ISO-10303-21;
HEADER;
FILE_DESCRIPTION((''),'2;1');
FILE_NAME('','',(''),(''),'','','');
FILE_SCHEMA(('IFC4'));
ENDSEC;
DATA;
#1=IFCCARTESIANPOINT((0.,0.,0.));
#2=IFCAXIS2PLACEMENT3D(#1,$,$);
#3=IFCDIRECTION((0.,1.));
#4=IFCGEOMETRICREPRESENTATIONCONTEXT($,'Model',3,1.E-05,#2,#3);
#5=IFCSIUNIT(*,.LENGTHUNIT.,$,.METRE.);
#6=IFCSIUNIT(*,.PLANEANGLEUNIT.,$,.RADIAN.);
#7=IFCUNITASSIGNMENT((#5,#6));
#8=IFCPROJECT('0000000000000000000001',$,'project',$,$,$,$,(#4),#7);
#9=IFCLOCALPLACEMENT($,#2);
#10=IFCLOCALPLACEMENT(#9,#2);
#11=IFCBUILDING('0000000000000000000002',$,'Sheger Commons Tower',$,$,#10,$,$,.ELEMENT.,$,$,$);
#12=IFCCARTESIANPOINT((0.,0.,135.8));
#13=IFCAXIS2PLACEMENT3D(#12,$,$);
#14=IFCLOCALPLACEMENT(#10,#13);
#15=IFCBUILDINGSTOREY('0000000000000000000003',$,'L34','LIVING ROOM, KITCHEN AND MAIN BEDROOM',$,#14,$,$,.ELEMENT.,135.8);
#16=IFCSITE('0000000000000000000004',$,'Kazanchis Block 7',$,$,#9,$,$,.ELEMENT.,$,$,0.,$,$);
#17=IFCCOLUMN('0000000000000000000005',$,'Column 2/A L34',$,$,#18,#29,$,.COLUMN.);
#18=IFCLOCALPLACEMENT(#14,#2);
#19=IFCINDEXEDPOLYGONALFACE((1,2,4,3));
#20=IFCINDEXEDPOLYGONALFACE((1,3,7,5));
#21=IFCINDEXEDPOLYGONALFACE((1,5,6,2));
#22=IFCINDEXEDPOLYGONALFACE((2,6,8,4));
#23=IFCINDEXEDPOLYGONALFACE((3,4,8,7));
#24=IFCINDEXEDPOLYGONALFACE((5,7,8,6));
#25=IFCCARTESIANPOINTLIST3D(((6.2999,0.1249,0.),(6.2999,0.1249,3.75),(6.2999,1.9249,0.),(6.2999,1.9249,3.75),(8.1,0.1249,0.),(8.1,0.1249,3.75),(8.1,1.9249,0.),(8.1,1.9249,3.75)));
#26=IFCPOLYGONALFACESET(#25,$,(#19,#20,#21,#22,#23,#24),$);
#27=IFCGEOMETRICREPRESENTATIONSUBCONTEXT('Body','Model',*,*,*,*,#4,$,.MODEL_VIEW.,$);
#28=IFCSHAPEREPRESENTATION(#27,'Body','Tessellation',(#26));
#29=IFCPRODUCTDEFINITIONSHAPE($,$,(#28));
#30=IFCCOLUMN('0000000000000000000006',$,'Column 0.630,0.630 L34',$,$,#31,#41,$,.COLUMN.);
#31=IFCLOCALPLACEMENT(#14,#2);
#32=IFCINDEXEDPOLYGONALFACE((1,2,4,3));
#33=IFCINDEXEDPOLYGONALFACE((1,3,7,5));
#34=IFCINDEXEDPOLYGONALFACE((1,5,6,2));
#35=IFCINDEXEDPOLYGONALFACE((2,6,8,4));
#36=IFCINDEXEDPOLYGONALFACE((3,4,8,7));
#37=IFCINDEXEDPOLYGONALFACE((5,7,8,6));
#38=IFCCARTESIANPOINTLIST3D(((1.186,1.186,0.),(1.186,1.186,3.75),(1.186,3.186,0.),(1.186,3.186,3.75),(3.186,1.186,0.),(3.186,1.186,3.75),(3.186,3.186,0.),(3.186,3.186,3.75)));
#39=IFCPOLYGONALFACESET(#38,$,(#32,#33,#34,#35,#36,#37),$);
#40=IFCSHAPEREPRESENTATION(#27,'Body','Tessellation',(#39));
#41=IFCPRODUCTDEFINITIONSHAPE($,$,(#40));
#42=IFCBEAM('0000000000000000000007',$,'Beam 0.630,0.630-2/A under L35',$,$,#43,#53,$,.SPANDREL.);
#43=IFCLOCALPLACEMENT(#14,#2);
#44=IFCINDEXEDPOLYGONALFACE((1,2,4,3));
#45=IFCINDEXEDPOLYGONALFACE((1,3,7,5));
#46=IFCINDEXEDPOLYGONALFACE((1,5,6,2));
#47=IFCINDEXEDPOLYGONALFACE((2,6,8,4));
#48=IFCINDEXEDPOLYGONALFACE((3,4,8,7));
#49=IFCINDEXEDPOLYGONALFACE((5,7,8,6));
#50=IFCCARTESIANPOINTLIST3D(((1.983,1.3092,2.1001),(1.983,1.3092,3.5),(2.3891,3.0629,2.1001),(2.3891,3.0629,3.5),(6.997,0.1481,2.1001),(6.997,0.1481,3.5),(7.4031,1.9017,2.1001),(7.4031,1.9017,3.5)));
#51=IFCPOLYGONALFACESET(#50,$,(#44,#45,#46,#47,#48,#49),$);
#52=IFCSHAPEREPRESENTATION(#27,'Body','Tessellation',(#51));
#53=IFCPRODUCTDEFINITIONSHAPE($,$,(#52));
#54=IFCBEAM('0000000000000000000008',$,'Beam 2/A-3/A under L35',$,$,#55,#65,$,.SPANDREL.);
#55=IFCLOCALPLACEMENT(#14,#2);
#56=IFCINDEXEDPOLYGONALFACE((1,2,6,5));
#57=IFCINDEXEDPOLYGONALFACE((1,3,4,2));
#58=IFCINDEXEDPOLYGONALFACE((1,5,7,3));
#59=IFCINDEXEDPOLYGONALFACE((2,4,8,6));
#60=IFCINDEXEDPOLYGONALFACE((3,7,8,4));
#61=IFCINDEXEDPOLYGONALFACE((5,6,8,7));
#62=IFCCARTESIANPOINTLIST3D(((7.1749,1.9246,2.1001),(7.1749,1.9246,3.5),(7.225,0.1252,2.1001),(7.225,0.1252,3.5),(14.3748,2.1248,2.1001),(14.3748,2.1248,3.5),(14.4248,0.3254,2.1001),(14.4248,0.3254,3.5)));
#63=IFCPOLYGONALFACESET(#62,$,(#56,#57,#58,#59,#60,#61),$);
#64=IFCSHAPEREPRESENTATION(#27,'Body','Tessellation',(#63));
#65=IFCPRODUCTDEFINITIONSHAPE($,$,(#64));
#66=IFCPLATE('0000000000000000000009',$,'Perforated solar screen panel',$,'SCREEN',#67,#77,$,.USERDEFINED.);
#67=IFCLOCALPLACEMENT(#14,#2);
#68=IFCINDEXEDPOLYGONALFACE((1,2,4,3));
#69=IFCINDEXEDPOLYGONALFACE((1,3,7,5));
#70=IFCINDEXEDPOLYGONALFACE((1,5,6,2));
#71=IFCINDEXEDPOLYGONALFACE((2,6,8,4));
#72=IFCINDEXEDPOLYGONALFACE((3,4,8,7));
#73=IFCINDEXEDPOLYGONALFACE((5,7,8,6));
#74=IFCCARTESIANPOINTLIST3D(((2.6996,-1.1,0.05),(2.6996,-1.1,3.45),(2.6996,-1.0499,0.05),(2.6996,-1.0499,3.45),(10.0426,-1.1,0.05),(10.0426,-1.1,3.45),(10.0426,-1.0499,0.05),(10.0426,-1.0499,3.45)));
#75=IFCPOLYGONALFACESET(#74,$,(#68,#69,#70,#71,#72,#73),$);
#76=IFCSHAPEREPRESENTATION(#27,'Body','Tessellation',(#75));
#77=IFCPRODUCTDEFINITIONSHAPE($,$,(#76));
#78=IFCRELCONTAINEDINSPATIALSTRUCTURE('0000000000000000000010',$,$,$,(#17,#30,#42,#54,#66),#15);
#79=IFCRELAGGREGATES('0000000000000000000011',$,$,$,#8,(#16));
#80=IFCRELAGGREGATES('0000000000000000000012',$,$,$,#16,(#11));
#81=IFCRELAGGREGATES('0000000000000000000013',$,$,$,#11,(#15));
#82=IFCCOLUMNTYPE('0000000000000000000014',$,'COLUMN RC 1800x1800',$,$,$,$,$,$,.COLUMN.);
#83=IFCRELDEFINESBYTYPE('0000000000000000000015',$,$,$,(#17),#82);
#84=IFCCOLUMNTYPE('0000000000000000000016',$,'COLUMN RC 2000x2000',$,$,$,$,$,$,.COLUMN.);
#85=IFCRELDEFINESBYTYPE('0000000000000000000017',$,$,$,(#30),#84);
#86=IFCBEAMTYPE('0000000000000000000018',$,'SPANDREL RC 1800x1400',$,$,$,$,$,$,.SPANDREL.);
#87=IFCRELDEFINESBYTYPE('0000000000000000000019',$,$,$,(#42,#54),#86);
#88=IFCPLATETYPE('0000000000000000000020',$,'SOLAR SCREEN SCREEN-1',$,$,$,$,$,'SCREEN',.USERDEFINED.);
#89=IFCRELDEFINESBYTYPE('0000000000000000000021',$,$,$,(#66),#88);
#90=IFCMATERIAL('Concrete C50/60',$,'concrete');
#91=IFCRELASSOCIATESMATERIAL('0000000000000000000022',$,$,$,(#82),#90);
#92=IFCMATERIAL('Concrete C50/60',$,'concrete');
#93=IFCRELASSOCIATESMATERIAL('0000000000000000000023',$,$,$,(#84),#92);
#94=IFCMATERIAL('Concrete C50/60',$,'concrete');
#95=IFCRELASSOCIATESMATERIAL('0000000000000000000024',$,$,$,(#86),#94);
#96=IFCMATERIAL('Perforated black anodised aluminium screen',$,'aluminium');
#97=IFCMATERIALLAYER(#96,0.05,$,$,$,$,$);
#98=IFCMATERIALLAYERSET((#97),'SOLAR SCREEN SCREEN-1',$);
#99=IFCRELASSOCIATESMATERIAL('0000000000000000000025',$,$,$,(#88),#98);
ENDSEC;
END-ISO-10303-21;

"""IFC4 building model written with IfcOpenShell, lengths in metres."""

from ifc_helpers import new_model, si_unit, direction, frame, origin, origin_2d, place, context, subcontext, project, spatial, rectangle, extrude, material, layer, layer_set, material_profile, profile_set, type_object, element, save


model = new_model("IFC4")

# Units and contexts
model_context = context("Model", 3, precision=1e-05, world=origin(), true_north=direction((0.0, 1.0)))
body_context = subcontext(model_context, "Body", "Model", "MODEL_VIEW")
ifc_project = project(units=[si_unit("LENGTHUNIT", "METRE"), si_unit("PLANEANGLEUNIT", "RADIAN")], contexts=[model_context])

# Site, building, storey
site_placement = place(None, origin())
site = spatial("IfcSite", under=ifc_project, at=site_placement, Name="Kazanchis Block 7", CompositionType="ELEMENT", RefElevation=0.0)
building_placement = place(site_placement, origin())
building = spatial("IfcBuilding", under=site, at=building_placement, Name="Sheger Commons Tower", CompositionType="ELEMENT")
storey_placement = place(building_placement, frame((0.0, 0.0, 135.8)))
storey = spatial("IfcBuildingStorey", under=building, at=storey_placement, Name="L34", Description="LIVING ROOM, KITCHEN AND MAIN BEDROOM", CompositionType="ELEMENT", Elevation=135.8)

# Columns
ifc_material_1 = material(Name="Concrete C50/60", Category="concrete")
ifc_material_profile_1 = material_profile(ifc_material_1, rectangle(XDim=1.8, YDim=1.8, at=origin_2d()), Name="RC 1800x1800")
ifc_profile_set_1 = profile_set([ifc_material_profile_1], Name="Concrete C50/60")
column_type_1 = type_object("IfcColumnType", Name="COLUMN RC 1800x1800", PredefinedType="COLUMN", material=ifc_profile_set_1)
column_1_placement = place(storey_placement, frame((7.2, 1.0249, 0.0), z_axis=(0.0, 0.0, 1.0), x_axis=(1.0, 0.0, 0.0)))
element("IfcColumn", 1, at=column_1_placement, inside=storey, type_object=column_type_1, Name="Column 2/A L34", PredefinedType="COLUMN", context=body_context, shape_type="SweptSolid", body=[
    extrude(rectangle(XDim=1.8, YDim=1.8, at=origin_2d()), origin(), (0.0, 0.0, 1.0), 3.75),
])
ifc_material_2 = material(Name="Concrete C50/60", Category="concrete")
ifc_material_profile_2 = material_profile(ifc_material_2, rectangle(XDim=2.0, YDim=2.0, at=origin_2d()), Name="RC 2000x2000")
ifc_profile_set_2 = profile_set([ifc_material_profile_2], Name="Concrete C50/60")
column_type_2 = type_object("IfcColumnType", Name="COLUMN RC 2000x2000", PredefinedType="COLUMN", material=ifc_profile_set_2)
column_2_placement = place(storey_placement, frame((2.186, 2.186, 0.0), z_axis=(0.0, 0.0, 1.0), x_axis=(1.0, 0.0, 0.0)))
element("IfcColumn", 2, at=column_2_placement, inside=storey, type_object=column_type_2, Name="Column 0.630,0.630 L34", PredefinedType="COLUMN", context=body_context, shape_type="SweptSolid", body=[
    extrude(rectangle(XDim=2.0, YDim=2.0, at=origin_2d()), origin(), (0.0, 0.0, 1.0), 3.75),
])

# Beams
ifc_material_3 = material(Name="Concrete C50/60", Category="concrete")
ifc_material_profile_3 = material_profile(ifc_material_3, rectangle(XDim=1.8, YDim=1.3999, at=origin_2d()), Name="RC 1800x1400")
ifc_profile_set_3 = profile_set([ifc_material_profile_3], Name="Concrete C50/60")
beam_type = type_object("IfcBeamType", Name="SPANDREL RC 1800x1400", PredefinedType="SPANDREL", material=ifc_profile_set_3)
beam_1_placement = place(storey_placement, frame((2.186, 2.186, 2.8), z_axis=(0.974217, -0.225611, 0.0), x_axis=(0.225611, 0.974217, 0.0)))
element("IfcBeam", 3, at=beam_1_placement, inside=storey, type_object=beam_type, Name="Beam 0.630,0.630-2/A under L35", PredefinedType="SPANDREL", context=body_context, shape_type="SweptSolid", body=[
    extrude(rectangle(XDim=1.8, YDim=1.3999, at=origin_2d()), origin(), (0.0, 0.0, 1.0), 5.1467),
])
beam_2_placement = place(storey_placement, frame((7.2, 1.0249, 2.8), z_axis=(0.999614, 0.027794, 0.0), x_axis=(-0.027794, 0.999614, 0.0)))
element("IfcBeam", 4, at=beam_2_placement, inside=storey, type_object=beam_type, Name="Beam 2/A-3/A under L35", PredefinedType="SPANDREL", context=body_context, shape_type="SweptSolid", body=[
    extrude(rectangle(XDim=1.8, YDim=1.3999, at=origin_2d()), origin(), (0.0, 0.0, 1.0), 7.2026),
])

# Plate
ifc_material_4 = material(Name="Perforated black anodised aluminium screen", Category="aluminium")
ifc_layer_1 = layer(ifc_material_4, 0.05)
ifc_layer_set_1 = layer_set([ifc_layer_1], Name="SOLAR SCREEN SCREEN-1")
plate_type = type_object("IfcPlateType", Name="SOLAR SCREEN SCREEN-1", ElementType="SCREEN", PredefinedType="USERDEFINED", material=ifc_layer_set_1)
plate_placement = place(storey_placement, frame((6.3711, -1.075, 0.05), z_axis=(0.0, 0.0, 1.0), x_axis=(1.0, 0.0, 0.0)))
element("IfcPlate", 5, at=plate_placement, inside=storey, type_object=plate_type, Name="Perforated solar screen panel", ObjectType="SCREEN", PredefinedType="USERDEFINED", context=body_context, shape_type="SweptSolid", body=[
    extrude(rectangle(XDim=7.343, YDim=0.05, at=origin_2d()), origin(), (0.0, 0.0, 1.0), 3.3999),
])

save(model, "model.ifc")
